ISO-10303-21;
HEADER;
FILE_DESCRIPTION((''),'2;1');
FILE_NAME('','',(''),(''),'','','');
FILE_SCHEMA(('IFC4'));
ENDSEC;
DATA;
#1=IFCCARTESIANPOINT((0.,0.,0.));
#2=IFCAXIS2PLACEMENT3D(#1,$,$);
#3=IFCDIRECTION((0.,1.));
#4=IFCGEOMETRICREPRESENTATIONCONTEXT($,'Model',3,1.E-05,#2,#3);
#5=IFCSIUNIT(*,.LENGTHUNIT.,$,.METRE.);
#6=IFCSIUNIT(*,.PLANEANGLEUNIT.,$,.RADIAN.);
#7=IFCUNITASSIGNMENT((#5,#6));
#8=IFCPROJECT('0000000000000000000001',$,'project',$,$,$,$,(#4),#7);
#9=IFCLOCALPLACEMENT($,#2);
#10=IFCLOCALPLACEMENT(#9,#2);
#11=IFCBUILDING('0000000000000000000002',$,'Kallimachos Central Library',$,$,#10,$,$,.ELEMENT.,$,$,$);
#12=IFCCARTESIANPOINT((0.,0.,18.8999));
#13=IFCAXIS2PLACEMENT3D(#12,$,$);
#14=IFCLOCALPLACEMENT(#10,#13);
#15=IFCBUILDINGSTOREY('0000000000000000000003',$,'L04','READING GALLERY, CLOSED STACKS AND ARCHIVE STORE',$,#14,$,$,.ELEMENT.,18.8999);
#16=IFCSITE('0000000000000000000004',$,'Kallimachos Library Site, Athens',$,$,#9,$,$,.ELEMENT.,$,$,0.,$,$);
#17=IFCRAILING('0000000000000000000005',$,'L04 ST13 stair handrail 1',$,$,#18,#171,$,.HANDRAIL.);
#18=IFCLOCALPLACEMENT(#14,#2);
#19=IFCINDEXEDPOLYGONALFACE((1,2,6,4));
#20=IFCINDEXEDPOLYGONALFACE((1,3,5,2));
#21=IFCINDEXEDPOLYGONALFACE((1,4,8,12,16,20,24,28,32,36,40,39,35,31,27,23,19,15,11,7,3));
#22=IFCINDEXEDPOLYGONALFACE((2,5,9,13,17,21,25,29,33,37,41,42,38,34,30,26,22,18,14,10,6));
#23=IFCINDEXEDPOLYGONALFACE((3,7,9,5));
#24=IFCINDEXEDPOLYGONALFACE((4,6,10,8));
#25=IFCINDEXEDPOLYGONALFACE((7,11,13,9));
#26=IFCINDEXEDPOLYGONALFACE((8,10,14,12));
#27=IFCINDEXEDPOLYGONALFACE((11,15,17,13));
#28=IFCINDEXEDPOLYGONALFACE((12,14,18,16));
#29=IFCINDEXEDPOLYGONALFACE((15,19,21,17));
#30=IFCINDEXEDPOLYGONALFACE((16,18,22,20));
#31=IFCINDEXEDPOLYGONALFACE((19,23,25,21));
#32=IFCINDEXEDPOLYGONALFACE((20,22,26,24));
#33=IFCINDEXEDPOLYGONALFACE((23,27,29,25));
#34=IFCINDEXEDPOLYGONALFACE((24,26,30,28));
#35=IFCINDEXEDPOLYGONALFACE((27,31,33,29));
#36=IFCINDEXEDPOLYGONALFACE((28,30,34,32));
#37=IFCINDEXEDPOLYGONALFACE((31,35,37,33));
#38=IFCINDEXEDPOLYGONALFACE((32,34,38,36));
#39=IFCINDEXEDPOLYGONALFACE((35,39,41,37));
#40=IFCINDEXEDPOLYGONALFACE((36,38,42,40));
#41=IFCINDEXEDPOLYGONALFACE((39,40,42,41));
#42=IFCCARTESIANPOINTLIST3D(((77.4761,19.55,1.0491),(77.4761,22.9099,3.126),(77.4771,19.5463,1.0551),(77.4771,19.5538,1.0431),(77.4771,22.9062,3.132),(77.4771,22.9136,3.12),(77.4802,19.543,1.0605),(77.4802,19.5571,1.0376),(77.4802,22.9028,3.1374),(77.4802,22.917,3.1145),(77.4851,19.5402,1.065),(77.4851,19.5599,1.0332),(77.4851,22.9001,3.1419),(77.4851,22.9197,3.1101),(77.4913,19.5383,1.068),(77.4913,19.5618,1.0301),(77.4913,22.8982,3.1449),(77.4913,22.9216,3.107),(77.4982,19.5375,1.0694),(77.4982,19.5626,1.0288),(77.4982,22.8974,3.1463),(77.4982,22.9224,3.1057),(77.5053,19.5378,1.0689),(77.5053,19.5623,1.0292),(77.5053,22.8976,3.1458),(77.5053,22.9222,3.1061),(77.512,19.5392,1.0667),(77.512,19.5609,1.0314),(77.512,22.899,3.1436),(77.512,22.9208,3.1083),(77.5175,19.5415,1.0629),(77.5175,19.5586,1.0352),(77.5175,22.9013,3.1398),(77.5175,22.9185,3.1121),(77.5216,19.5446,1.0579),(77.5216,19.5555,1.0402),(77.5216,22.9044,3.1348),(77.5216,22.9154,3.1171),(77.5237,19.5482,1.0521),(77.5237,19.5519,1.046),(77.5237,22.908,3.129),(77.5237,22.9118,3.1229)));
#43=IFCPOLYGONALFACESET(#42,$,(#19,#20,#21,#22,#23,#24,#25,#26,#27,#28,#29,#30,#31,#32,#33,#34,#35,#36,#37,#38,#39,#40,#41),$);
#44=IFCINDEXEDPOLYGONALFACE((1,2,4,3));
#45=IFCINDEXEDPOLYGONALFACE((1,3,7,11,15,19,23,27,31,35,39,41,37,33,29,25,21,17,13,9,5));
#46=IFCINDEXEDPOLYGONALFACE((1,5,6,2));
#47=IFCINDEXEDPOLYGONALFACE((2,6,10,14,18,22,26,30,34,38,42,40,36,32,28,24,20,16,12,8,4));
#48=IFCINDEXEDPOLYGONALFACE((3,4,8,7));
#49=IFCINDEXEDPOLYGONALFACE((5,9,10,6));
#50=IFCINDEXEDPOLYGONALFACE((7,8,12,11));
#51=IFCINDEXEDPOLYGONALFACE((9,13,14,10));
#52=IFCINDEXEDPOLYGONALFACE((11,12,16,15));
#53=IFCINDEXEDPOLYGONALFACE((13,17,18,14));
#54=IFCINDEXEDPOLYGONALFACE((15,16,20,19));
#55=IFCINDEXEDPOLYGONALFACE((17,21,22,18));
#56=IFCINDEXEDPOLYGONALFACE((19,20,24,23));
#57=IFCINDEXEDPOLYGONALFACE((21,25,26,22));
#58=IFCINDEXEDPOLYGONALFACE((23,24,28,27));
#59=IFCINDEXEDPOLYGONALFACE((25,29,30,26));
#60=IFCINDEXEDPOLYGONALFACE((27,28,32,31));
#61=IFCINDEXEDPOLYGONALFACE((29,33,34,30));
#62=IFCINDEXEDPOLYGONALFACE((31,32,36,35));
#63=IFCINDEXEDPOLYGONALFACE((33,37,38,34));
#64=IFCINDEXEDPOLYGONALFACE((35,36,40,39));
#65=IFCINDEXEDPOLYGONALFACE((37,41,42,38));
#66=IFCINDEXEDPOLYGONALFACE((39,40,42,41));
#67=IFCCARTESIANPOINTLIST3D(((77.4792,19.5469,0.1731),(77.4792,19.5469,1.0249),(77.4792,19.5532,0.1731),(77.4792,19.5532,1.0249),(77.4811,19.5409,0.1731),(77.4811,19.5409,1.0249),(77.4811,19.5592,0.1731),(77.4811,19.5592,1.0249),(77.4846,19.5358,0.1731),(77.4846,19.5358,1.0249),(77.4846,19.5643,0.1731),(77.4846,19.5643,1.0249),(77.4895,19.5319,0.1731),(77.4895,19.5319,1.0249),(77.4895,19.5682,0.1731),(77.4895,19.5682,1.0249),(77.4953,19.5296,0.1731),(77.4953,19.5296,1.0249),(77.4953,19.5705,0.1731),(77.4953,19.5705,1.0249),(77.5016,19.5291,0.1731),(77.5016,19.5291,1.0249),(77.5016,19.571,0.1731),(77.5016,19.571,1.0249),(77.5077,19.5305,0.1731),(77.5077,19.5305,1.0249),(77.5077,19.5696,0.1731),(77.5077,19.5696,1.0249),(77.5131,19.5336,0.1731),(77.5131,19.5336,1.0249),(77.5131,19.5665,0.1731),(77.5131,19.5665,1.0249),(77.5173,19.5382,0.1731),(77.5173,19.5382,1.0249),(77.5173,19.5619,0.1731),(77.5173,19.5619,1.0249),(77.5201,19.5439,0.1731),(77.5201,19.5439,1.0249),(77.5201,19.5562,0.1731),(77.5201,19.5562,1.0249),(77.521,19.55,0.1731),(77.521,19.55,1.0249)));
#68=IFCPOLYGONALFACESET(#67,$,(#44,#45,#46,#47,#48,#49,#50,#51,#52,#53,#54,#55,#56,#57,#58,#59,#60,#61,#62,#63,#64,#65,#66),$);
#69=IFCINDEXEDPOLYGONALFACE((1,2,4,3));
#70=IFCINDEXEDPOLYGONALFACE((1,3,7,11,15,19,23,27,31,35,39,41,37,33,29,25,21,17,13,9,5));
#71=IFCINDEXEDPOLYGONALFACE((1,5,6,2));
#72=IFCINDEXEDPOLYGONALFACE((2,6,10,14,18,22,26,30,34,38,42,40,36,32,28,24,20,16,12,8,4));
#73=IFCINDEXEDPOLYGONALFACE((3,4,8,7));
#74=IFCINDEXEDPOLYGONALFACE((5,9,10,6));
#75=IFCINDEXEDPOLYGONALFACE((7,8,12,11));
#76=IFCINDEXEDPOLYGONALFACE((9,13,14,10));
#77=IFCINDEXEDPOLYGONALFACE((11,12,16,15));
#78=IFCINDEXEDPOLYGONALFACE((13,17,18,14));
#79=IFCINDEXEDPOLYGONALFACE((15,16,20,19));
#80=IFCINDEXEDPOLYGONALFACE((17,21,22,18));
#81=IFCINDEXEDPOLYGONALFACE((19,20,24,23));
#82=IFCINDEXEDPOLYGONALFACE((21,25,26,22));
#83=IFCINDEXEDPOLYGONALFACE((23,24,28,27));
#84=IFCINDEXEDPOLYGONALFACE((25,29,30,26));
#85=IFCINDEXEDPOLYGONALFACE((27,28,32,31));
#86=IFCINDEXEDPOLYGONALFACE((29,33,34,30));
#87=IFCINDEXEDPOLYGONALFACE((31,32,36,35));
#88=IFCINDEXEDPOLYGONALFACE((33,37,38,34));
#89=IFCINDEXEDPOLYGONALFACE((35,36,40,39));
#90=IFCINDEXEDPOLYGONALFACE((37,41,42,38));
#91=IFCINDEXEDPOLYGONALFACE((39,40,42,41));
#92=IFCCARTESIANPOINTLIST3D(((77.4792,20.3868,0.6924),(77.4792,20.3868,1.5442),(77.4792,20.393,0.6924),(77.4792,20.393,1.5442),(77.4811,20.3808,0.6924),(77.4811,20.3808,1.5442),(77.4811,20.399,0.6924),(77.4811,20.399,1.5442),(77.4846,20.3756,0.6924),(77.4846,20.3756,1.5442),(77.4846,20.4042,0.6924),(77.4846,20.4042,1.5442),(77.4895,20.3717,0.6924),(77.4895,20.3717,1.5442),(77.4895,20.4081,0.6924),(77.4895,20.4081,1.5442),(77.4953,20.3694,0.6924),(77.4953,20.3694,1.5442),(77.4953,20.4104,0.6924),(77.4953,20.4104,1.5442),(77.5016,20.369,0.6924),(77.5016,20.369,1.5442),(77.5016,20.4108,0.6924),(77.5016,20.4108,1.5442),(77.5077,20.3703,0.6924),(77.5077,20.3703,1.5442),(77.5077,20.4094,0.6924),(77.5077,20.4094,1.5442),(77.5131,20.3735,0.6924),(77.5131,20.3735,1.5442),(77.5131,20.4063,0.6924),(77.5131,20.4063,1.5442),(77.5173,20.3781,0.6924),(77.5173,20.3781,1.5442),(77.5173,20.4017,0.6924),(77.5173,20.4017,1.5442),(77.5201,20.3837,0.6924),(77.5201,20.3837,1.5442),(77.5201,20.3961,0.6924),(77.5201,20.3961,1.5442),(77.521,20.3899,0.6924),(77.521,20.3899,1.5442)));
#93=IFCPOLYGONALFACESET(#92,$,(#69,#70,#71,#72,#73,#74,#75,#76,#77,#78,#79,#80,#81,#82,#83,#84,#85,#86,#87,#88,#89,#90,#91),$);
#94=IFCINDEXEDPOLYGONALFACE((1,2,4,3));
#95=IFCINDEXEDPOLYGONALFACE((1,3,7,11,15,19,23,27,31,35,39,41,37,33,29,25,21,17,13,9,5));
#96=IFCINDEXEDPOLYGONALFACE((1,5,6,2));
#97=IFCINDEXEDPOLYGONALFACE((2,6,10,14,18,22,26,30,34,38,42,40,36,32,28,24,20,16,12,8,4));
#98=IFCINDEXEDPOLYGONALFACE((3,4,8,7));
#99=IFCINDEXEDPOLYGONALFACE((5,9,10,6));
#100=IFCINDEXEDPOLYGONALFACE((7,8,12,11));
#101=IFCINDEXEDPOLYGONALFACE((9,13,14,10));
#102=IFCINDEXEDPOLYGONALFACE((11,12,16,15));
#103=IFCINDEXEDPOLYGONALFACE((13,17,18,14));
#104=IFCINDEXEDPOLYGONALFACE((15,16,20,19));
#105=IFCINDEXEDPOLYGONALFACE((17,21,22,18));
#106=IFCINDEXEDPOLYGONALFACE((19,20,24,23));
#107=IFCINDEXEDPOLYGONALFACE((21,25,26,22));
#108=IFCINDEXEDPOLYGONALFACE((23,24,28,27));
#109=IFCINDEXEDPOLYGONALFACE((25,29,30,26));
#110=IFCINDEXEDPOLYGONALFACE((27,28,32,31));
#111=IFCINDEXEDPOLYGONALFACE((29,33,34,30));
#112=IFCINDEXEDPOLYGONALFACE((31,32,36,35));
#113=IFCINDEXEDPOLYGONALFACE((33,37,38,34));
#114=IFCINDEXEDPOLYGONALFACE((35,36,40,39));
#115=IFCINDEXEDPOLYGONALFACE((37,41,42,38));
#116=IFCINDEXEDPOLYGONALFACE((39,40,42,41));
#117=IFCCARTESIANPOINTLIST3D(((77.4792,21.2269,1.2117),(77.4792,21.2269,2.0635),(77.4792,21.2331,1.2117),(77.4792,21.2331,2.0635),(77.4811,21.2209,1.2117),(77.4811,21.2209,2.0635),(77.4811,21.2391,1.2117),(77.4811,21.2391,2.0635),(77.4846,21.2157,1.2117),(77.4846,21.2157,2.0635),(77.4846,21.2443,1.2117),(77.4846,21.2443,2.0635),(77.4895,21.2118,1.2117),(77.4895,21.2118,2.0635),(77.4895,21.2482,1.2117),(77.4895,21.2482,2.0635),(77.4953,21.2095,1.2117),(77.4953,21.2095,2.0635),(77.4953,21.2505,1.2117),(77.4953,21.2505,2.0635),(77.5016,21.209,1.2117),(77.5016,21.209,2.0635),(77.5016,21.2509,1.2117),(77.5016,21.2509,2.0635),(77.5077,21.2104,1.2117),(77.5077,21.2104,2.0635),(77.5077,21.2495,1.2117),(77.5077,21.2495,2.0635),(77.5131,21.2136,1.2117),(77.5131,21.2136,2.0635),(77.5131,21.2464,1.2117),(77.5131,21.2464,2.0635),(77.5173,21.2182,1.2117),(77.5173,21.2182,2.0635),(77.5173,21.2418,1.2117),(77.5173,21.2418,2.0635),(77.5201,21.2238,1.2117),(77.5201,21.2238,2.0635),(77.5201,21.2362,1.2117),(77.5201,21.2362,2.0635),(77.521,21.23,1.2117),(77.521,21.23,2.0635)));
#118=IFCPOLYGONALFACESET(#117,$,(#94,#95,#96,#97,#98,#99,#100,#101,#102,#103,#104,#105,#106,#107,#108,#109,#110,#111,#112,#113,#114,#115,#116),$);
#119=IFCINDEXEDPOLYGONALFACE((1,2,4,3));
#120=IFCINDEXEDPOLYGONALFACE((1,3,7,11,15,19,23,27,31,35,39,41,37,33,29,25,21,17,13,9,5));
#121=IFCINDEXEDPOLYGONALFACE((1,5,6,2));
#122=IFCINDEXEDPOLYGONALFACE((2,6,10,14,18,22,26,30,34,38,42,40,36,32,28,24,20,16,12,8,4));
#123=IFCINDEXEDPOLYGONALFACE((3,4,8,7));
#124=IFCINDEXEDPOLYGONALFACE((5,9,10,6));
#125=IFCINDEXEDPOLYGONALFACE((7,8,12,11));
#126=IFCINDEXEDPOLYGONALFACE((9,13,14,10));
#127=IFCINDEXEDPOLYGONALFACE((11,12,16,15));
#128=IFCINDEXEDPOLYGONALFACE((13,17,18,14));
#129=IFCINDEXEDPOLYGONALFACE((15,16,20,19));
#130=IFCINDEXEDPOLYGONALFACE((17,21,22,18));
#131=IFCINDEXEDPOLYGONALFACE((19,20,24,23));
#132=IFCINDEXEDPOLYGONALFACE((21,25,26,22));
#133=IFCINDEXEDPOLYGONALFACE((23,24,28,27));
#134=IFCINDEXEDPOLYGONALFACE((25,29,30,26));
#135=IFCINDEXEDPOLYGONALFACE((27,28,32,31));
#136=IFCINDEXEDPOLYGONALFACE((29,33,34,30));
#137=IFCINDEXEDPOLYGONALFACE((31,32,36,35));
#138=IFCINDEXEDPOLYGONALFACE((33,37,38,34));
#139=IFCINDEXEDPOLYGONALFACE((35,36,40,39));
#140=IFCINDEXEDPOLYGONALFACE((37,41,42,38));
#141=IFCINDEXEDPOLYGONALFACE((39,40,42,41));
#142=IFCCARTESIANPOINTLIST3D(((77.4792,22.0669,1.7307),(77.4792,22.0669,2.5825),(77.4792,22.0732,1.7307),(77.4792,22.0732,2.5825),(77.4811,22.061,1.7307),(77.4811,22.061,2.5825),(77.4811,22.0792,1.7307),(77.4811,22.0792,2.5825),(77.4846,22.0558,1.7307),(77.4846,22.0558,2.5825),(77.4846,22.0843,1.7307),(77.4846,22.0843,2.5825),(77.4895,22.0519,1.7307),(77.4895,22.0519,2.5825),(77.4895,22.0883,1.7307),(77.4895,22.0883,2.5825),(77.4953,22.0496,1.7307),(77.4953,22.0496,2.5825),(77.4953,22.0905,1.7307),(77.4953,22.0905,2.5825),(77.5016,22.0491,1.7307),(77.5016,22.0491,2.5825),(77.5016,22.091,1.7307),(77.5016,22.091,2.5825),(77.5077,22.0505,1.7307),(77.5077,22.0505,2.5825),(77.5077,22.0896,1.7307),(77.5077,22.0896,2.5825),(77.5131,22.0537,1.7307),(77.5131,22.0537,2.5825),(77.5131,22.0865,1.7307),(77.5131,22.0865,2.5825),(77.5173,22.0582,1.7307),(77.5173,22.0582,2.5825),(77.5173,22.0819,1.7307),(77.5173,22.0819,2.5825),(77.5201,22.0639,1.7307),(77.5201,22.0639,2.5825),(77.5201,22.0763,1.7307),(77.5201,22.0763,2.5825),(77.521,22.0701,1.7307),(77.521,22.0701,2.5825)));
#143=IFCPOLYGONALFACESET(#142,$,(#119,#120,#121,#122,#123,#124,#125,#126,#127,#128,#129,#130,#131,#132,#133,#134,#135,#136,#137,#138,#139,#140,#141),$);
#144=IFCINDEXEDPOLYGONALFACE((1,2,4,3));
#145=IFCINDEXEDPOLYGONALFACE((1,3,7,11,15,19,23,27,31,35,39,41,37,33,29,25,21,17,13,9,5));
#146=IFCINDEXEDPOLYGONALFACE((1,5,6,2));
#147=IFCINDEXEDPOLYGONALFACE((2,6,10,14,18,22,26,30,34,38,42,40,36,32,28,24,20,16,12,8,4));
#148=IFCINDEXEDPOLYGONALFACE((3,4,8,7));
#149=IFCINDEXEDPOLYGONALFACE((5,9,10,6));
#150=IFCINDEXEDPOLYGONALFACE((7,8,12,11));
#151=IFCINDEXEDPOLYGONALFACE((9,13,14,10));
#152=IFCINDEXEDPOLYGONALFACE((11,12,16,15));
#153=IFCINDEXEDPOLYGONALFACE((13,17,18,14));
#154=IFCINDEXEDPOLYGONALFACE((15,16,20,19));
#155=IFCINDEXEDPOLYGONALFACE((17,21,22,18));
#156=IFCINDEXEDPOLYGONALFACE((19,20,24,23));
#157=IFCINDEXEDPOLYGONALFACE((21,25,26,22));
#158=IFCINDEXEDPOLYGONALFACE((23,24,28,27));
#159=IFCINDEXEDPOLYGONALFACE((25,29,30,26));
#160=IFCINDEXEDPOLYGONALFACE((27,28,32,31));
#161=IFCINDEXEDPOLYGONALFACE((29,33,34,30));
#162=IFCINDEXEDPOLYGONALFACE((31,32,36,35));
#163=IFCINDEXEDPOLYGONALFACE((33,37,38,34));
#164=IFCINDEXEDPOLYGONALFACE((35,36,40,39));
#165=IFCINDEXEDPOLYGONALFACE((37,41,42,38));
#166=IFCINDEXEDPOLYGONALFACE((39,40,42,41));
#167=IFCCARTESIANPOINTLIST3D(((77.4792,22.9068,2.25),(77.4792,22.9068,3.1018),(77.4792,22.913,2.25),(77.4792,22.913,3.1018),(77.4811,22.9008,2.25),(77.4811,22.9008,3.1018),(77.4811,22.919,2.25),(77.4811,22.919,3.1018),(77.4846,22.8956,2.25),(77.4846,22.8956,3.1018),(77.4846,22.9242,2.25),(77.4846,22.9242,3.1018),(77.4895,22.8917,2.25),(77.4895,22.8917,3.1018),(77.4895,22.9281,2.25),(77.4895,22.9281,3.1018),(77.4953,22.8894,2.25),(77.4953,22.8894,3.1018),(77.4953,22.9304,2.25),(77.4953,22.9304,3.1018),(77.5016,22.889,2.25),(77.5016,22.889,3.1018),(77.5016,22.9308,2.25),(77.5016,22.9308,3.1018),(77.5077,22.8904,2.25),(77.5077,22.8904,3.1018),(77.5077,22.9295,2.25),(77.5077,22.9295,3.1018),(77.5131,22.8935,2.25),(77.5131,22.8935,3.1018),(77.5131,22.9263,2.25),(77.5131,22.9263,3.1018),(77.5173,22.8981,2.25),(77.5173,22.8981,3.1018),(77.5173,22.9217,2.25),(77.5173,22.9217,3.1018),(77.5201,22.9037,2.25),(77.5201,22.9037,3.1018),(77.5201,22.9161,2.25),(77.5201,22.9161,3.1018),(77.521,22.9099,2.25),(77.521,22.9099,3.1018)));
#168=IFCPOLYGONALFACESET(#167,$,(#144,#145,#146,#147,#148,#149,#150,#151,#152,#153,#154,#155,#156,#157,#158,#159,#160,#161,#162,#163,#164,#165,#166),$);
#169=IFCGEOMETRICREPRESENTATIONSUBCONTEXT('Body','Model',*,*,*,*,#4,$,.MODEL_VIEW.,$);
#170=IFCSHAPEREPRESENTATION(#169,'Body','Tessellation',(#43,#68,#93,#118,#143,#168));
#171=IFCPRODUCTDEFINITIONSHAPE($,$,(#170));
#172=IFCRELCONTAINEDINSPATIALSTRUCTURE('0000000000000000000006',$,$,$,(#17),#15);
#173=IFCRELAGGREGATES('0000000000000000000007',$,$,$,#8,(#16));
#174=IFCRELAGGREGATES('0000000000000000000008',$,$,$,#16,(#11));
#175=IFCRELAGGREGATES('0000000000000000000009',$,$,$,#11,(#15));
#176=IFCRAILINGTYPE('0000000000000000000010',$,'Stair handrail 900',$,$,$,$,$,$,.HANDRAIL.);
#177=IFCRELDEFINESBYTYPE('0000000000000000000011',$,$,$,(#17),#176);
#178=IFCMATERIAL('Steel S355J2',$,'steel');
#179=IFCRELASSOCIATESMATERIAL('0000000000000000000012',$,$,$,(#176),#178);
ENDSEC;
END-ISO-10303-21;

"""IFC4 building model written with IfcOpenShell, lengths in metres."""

from ifc_helpers import new_model, si_unit, direction, frame, origin, origin_2d, place, context, subcontext, project, spatial, circle, extrude, material, type_object, element, save


model = new_model("IFC4")

# Units and contexts
model_context = context("Model", 3, precision=1e-05, world=origin(), true_north=direction((0.0, 1.0)))
body_context = subcontext(model_context, "Body", "Model", "MODEL_VIEW")
ifc_project = project(units=[si_unit("LENGTHUNIT", "METRE"), si_unit("PLANEANGLEUNIT", "RADIAN")], contexts=[model_context])

# Site, building, storey
site_placement = place(None, origin())
site = spatial("IfcSite", under=ifc_project, at=site_placement, Name="Kallimachos Library Site, Athens", CompositionType="ELEMENT", RefElevation=0.0)
building_placement = place(site_placement, origin())
building = spatial("IfcBuilding", under=site, at=building_placement, Name="Kallimachos Central Library", CompositionType="ELEMENT")
storey_placement = place(building_placement, frame((0.0, 0.0, 18.8999)))
storey = spatial("IfcBuildingStorey", under=building, at=storey_placement, Name="L04", Description="READING GALLERY, CLOSED STACKS AND ARCHIVE STORE", CompositionType="ELEMENT", Elevation=18.8999)

# Railing
ifc_material_1 = material(Name="Steel S355J2", Category="steel")
railing_type_1 = type_object("IfcRailingType", Name="Stair handrail 900", PredefinedType="HANDRAIL", material=ifc_material_1)
railing_1_placement = place(storey_placement, frame((77.5, 19.55, 0.1731)))
element("IfcRailing", 1, at=railing_1_placement, inside=storey, type_object=railing_type_1, Name="L04 ST13 stair handrail 1", PredefinedType="HANDRAIL", context=body_context, shape_type="SweptSolid", body=[
    extrude(circle(Radius=0.0239, at=origin_2d()), frame((0.0, 0.0, 0.876), z_axis=(0.0, 0.850606, 0.525803), x_axis=(-1.0, 0.0, 0.0)), (0.0, 0.0, 1.0), 3.95),
    extrude(circle(Radius=0.021, at=origin_2d()), origin(), (0.0, 0.0, 1.0), 0.8518),
    extrude(circle(Radius=0.021, at=origin_2d()), frame((0.0, 0.8398, 0.5193)), (0.0, 0.0, 1.0), 0.8518),
    extrude(circle(Radius=0.021, at=origin_2d()), frame((0.0, 1.6799, 1.0386)), (0.0, 0.0, 1.0), 0.8518),
    extrude(circle(Radius=0.021, at=origin_2d()), frame((0.0, 2.52, 1.5576)), (0.0, 0.0, 1.0), 0.8518),
    extrude(circle(Radius=0.021, at=origin_2d()), frame((0.0, 3.3599, 2.0769)), (0.0, 0.0, 1.0), 0.8518),
])

save(model, "model.ifc")
